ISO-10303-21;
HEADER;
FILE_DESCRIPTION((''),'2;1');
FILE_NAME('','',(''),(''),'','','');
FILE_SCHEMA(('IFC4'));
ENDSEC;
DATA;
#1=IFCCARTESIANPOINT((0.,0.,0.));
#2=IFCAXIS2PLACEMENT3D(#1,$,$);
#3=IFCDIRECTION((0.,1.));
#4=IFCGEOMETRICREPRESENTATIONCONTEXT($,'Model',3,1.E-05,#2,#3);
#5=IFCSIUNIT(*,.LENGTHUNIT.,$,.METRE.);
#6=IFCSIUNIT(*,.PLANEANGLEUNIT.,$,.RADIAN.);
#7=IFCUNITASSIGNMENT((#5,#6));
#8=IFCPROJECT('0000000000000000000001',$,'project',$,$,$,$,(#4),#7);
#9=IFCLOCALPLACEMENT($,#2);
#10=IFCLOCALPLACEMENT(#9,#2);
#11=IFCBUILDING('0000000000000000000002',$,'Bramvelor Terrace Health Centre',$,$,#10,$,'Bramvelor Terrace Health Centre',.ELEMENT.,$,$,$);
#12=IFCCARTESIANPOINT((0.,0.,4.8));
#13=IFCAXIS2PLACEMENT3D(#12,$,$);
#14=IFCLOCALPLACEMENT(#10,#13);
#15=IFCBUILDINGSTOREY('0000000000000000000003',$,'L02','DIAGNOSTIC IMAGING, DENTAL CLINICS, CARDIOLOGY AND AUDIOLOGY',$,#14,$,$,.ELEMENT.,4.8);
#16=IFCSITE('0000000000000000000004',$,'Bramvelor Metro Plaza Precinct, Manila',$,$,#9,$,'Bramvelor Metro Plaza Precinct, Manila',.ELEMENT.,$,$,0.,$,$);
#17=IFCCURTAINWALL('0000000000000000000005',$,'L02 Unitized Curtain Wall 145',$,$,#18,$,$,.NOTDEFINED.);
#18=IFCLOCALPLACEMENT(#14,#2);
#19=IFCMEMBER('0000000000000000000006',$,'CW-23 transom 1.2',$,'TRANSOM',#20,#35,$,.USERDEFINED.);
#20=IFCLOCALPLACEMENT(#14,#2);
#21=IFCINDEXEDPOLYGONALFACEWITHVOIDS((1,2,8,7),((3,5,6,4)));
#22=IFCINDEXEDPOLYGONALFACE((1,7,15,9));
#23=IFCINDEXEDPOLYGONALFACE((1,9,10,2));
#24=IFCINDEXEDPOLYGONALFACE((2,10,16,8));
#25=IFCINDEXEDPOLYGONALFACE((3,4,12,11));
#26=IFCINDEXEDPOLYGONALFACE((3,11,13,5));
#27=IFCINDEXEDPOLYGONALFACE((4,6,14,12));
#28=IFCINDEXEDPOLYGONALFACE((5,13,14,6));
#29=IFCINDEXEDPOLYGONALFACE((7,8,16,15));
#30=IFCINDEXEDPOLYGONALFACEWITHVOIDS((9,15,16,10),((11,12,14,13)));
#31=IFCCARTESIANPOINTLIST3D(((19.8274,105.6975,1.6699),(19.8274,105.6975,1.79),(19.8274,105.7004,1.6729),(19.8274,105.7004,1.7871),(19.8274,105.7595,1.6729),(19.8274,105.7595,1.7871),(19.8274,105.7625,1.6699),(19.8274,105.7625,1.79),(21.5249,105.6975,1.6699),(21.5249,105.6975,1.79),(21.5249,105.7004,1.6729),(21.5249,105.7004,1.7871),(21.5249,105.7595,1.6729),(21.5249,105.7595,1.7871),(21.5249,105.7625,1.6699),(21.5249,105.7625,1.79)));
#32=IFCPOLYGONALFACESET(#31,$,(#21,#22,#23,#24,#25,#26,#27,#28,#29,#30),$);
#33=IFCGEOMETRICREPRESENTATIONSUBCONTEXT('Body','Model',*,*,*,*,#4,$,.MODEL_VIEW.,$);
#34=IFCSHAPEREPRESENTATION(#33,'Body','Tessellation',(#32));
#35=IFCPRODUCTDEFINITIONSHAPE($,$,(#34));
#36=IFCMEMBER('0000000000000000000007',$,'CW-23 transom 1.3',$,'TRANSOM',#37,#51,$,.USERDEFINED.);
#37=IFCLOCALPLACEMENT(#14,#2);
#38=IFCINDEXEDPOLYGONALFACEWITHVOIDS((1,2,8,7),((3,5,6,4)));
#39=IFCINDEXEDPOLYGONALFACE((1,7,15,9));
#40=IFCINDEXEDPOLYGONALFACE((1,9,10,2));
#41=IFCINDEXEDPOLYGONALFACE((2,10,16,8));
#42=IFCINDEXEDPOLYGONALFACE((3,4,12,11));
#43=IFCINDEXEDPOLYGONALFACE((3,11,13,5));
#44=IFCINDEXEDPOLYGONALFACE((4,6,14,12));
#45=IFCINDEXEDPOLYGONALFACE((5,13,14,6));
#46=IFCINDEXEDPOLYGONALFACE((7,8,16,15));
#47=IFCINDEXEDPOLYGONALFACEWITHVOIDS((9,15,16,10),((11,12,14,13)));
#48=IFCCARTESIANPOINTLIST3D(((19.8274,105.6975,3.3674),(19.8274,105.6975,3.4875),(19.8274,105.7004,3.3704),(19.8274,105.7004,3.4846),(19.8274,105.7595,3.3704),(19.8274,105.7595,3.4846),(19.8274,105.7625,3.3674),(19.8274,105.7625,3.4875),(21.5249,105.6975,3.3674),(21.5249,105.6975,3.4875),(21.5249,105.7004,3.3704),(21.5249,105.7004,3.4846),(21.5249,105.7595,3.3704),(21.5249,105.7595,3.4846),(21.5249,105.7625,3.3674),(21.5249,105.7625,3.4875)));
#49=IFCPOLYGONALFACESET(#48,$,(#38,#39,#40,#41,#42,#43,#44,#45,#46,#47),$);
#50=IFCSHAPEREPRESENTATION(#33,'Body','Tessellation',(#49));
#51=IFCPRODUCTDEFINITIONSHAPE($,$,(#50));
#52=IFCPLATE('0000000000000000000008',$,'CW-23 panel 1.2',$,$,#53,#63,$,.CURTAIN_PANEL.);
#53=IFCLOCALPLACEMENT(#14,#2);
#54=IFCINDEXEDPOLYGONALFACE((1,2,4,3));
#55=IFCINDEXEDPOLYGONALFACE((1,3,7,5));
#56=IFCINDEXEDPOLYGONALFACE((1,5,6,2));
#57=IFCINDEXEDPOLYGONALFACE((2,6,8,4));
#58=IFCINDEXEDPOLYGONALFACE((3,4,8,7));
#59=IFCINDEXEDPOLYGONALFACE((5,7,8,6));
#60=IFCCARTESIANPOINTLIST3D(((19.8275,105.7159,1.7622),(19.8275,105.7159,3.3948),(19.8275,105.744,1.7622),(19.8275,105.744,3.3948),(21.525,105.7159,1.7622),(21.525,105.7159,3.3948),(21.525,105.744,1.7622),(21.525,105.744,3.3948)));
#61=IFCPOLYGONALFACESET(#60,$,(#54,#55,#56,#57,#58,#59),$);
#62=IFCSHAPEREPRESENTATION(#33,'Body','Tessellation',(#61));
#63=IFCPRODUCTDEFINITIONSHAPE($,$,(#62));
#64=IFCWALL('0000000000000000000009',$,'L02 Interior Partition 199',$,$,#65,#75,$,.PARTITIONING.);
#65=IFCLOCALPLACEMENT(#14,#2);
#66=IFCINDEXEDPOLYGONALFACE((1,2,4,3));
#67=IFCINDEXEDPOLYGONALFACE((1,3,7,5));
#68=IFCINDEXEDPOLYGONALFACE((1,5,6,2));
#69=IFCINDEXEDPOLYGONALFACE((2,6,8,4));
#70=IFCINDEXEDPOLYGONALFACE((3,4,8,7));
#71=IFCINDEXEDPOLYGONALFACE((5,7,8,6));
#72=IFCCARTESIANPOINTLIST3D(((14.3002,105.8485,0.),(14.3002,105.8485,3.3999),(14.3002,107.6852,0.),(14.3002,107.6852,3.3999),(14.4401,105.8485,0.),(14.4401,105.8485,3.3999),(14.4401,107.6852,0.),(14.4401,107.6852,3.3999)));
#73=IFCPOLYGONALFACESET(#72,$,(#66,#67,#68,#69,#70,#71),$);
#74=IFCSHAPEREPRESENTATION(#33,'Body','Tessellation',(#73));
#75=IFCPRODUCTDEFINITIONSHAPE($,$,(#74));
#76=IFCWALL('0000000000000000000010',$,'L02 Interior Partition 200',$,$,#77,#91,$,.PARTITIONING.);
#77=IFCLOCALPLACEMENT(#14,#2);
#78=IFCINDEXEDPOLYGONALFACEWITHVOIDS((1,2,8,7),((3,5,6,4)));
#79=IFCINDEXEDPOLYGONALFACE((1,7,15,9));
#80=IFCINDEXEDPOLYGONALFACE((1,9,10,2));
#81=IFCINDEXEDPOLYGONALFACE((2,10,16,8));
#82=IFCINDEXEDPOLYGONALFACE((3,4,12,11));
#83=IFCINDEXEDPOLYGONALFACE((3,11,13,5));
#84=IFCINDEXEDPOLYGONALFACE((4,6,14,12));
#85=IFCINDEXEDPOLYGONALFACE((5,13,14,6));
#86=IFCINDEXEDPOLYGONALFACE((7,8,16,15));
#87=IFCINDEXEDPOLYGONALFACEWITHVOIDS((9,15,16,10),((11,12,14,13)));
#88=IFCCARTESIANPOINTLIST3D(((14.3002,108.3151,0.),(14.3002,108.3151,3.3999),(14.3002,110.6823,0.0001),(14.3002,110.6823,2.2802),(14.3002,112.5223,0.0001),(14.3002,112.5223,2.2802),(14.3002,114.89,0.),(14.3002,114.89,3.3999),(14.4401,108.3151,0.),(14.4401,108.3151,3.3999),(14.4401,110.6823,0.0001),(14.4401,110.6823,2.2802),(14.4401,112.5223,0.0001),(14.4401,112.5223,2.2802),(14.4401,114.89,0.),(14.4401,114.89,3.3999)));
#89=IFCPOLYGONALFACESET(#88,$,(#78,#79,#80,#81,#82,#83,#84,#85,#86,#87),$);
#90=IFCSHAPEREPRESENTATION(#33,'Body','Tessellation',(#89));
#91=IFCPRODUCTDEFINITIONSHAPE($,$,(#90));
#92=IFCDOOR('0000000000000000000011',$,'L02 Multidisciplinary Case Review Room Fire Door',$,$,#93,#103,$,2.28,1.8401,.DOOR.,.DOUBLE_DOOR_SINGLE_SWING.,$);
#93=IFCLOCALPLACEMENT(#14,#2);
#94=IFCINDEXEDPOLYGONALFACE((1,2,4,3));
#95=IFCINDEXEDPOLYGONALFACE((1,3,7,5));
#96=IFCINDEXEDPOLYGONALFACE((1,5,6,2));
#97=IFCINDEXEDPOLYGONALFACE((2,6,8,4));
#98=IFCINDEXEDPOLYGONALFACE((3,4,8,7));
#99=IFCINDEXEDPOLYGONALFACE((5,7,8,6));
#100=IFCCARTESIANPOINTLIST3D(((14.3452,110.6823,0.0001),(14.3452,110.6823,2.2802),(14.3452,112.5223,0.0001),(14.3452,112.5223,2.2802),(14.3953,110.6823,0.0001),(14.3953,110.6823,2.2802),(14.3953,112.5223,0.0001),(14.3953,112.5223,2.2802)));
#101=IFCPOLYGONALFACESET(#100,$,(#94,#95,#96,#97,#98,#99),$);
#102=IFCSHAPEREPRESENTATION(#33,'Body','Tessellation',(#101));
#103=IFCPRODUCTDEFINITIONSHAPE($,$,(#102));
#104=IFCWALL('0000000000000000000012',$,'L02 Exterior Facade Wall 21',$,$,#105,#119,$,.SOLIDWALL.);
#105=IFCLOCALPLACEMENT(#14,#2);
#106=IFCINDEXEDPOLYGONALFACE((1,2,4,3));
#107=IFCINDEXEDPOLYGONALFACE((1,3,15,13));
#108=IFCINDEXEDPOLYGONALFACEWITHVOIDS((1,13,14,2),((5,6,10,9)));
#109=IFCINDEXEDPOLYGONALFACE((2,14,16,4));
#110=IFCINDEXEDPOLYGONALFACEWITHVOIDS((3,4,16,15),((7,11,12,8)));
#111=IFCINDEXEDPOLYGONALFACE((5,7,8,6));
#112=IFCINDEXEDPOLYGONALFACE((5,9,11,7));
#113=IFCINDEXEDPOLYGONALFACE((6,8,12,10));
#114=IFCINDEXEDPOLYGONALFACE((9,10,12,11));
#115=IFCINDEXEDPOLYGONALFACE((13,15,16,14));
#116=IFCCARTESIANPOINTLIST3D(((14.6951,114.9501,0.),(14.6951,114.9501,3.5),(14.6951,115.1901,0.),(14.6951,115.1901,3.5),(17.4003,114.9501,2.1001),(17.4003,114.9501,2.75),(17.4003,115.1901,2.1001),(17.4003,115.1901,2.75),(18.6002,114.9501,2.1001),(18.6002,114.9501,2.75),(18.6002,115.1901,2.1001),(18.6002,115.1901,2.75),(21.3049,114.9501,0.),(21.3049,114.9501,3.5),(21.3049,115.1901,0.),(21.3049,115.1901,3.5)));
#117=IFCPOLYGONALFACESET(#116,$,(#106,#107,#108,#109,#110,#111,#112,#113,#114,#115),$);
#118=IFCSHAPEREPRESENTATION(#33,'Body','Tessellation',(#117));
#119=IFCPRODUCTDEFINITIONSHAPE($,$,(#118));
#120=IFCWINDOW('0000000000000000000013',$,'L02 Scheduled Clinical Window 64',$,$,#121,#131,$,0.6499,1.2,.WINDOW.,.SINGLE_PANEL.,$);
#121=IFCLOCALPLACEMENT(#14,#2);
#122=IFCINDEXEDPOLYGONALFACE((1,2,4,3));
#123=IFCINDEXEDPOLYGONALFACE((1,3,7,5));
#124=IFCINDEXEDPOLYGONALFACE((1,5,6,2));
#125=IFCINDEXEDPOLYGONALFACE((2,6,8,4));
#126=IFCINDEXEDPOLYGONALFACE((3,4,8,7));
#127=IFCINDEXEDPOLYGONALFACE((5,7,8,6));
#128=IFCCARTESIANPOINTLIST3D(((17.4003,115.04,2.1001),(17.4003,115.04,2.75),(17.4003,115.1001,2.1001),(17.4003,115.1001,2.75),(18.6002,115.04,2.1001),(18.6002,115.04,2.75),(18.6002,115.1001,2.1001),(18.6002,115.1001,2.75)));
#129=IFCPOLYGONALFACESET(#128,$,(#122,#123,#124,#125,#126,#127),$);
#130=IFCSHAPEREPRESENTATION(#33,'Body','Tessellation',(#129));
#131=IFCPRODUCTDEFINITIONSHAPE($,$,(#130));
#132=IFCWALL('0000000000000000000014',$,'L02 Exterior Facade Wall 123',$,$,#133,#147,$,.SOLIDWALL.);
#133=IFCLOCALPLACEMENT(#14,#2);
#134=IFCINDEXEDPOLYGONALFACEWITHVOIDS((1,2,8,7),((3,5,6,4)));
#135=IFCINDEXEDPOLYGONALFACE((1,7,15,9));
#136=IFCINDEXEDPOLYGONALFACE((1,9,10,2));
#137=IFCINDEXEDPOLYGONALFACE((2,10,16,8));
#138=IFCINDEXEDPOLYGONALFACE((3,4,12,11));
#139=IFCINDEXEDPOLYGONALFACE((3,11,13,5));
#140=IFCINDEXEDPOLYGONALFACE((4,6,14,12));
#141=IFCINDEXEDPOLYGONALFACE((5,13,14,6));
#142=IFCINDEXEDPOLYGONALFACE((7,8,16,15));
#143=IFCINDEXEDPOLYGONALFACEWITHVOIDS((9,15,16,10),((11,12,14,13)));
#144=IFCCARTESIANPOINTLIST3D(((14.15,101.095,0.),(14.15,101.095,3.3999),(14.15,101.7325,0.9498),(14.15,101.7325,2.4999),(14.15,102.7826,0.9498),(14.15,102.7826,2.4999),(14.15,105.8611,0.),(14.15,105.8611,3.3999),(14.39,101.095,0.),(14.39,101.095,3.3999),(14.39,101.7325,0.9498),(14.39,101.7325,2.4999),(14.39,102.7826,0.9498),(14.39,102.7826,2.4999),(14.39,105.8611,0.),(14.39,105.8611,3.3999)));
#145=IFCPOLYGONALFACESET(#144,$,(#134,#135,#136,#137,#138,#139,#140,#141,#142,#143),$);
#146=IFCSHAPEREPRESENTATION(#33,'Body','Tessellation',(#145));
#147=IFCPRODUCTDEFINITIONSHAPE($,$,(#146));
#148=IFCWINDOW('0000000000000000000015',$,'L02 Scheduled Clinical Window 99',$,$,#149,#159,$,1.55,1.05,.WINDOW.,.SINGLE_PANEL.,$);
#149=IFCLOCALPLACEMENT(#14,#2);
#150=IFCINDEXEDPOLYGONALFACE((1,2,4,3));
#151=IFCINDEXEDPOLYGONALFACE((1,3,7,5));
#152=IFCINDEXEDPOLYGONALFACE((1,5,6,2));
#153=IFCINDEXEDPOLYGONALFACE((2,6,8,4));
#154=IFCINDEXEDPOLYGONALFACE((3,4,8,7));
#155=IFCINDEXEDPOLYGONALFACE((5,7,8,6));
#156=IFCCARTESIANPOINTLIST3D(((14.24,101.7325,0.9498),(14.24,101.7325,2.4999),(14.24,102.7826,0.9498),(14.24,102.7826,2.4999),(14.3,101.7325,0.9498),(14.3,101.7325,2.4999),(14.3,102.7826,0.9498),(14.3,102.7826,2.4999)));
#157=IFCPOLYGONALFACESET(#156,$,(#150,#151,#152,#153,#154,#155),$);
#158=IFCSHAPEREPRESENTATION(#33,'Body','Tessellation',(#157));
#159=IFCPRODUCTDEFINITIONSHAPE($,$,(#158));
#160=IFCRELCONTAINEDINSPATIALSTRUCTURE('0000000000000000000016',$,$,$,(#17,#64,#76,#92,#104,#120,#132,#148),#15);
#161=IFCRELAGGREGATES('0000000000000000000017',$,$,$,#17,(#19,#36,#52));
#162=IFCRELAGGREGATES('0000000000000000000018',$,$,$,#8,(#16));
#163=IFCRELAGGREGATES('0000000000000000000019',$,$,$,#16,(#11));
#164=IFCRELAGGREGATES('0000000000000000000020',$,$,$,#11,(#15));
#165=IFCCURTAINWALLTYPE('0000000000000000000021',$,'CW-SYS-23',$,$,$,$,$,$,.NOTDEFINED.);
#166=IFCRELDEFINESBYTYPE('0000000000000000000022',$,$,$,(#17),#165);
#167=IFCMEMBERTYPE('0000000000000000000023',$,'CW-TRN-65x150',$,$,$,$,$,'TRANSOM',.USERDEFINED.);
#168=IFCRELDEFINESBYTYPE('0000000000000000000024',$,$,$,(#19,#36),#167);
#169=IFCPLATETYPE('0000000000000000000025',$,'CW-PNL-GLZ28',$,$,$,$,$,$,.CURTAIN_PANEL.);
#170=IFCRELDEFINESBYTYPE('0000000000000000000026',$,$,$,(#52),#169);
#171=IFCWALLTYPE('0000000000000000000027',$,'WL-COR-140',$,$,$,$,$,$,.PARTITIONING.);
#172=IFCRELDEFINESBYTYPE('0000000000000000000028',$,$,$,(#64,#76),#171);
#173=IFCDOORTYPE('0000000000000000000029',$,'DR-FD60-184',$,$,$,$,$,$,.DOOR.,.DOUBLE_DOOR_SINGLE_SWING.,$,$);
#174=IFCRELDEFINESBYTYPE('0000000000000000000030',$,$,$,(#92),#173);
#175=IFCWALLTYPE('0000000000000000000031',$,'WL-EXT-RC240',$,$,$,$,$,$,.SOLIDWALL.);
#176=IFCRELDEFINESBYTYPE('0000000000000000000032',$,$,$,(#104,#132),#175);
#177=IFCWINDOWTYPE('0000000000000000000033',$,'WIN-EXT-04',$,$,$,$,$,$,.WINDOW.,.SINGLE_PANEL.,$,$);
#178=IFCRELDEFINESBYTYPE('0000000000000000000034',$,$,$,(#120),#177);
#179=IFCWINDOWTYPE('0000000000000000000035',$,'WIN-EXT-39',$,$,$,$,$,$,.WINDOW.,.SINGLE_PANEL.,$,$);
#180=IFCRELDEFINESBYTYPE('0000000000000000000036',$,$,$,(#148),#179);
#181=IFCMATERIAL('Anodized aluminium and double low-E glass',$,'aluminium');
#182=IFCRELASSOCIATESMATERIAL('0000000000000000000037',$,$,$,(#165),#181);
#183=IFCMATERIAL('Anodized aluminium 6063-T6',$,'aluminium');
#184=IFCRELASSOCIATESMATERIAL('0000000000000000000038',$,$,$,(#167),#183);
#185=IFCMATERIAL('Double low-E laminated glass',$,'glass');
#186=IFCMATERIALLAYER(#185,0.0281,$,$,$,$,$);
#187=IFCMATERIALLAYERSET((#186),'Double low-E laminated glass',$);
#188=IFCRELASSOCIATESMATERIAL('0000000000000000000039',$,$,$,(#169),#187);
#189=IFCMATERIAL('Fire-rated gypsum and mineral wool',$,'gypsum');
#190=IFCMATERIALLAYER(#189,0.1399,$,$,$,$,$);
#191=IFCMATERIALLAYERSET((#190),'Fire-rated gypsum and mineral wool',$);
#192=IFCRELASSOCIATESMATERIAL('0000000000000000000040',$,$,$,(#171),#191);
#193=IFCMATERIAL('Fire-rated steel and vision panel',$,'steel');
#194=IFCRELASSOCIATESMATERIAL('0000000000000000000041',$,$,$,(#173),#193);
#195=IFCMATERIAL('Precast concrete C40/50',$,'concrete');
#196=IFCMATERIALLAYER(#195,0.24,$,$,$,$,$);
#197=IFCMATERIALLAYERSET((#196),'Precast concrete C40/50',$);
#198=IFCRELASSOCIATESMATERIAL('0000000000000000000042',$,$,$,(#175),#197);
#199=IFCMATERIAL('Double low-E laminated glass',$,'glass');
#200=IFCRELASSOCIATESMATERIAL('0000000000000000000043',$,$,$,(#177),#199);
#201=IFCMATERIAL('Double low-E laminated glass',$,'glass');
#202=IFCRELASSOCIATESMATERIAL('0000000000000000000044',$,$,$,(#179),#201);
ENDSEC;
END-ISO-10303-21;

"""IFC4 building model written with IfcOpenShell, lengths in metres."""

from ifc_helpers import new_model, si_unit, direction, frame, frame_2d, origin, origin_2d, place, context, subcontext, project, spatial, rectangle, hollow_rectangle, extrude, material, layer, layer_set, material_profile, profile_set, type_object, element, fill, aggregate, save


model = new_model("IFC4")

# Units and contexts
model_context = context("Model", 3, precision=1e-05, world=origin(), true_north=direction((0.0, 1.0)))
body_context = subcontext(model_context, "Body", "Model", "MODEL_VIEW")
ifc_project = project(units=[si_unit("LENGTHUNIT", "METRE"), si_unit("PLANEANGLEUNIT", "RADIAN")], contexts=[model_context])

# Site, building, storey
site_placement = place(None, origin())
site = spatial("IfcSite", under=ifc_project, at=site_placement, Name="Bramvelor Metro Plaza Precinct, Manila", LongName="Bramvelor Metro Plaza Precinct, Manila", CompositionType="ELEMENT", RefElevation=0.0)
building_placement = place(site_placement, origin())
building = spatial("IfcBuilding", under=site, at=building_placement, Name="Bramvelor Terrace Health Centre", LongName="Bramvelor Terrace Health Centre", CompositionType="ELEMENT")
storey_placement = place(building_placement, frame((0.0, 0.0, 4.8)))
storey = spatial("IfcBuildingStorey", under=building, at=storey_placement, Name="L02", Description="DIAGNOSTIC IMAGING, DENTAL CLINICS, CARDIOLOGY AND AUDIOLOGY", CompositionType="ELEMENT", Elevation=4.8)

# Curtain wall, members, plate
ifc_material_1 = material(Name="Anodized aluminium and double low-E glass", Category="aluminium")
curtain_wall_type = type_object("IfcCurtainWallType", Name="CW-SYS-23", PredefinedType="NOTDEFINED", material=ifc_material_1)
curtain_wall_placement = place(storey_placement, origin())
curtain_wall = element("IfcCurtainWall", 1, at=curtain_wall_placement, inside=storey, type_object=curtain_wall_type, Name="L02 Unitized Curtain Wall 145", PredefinedType="NOTDEFINED")
ifc_material_2 = material(Name="Anodized aluminium 6063-T6", Category="aluminium")
ifc_material_profile_1 = material_profile(ifc_material_2, hollow_rectangle(XDim=0.0649, YDim=0.1201, WallThickness=0.0029, at=origin_2d()), Name="ALU-TRN 65x120x3.0")
ifc_profile_set_1 = profile_set([ifc_material_profile_1], Name="Anodized aluminium 6063-T6")
member_type_1 = type_object("IfcMemberType", Name="CW-TRN-65x150", ElementType="TRANSOM", PredefinedType="USERDEFINED", material=ifc_profile_set_1)
member_1_placement = place(storey_placement, frame((21.5249, 105.73, 1.73), z_axis=(-1.0, 0.0, 0.0), x_axis=(0.0, -1.0, 0.0)))
member_1 = element("IfcMember", 2, at=member_1_placement, type_object=member_type_1, Name="CW-23 transom 1.2", ObjectType="TRANSOM", PredefinedType="USERDEFINED", context=body_context, shape_type="SweptSolid", body=[
    extrude(hollow_rectangle(XDim=0.0649, YDim=0.1201, WallThickness=0.0029, at=origin_2d()), origin(), (0.0, 0.0, 1.0), 1.6975),
])
member_2_placement = place(storey_placement, frame((21.5249, 105.73, 3.4275), z_axis=(-1.0, 0.0, 0.0), x_axis=(0.0, -1.0, 0.0)))
member_2 = element("IfcMember", 3, at=member_2_placement, type_object=member_type_1, Name="CW-23 transom 1.3", ObjectType="TRANSOM", PredefinedType="USERDEFINED", context=body_context, shape_type="SweptSolid", body=[
    extrude(hollow_rectangle(XDim=0.0649, YDim=0.1201, WallThickness=0.0029, at=origin_2d()), origin(), (0.0, 0.0, 1.0), 1.6975),
])
ifc_material_3 = material(Name="Double low-E laminated glass", Category="glass")
ifc_layer_1 = layer(ifc_material_3, 0.0281)
ifc_layer_set_1 = layer_set([ifc_layer_1], Name="Double low-E laminated glass")
plate_type = type_object("IfcPlateType", Name="CW-PNL-GLZ28", PredefinedType="CURTAIN_PANEL", material=ifc_layer_set_1)
plate_placement = place(storey_placement, frame((20.6763, 105.73, 1.7622), z_axis=(0.0, 0.0, 1.0), x_axis=(-1.0, 0.0, 0.0)))
plate = element("IfcPlate", 4, at=plate_placement, type_object=plate_type, Name="CW-23 panel 1.2", PredefinedType="CURTAIN_PANEL", context=body_context, shape_type="SweptSolid", body=[
    extrude(rectangle(XDim=1.6975, YDim=0.0281, at=origin_2d()), origin(), (0.0, 0.0, 1.0), 1.6326),
])
aggregate(curtain_wall, [member_1, member_2, plate])

# Wall
ifc_material_4 = material(Name="Fire-rated gypsum and mineral wool", Category="gypsum")
ifc_layer_2 = layer(ifc_material_4, 0.1399)
ifc_layer_set_2 = layer_set([ifc_layer_2], Name="Fire-rated gypsum and mineral wool")
wall_type_1 = type_object("IfcWallType", Name="WL-COR-140", PredefinedType="PARTITIONING", material=ifc_layer_set_2)
wall_1_placement = place(storey_placement, frame((14.3701, 105.8484, 0.0), z_axis=(0.0, 0.0, 1.0), x_axis=(0.0, 1.0, 0.0)))
element("IfcWall", 5, at=wall_1_placement, inside=storey, type_object=wall_type_1, Name="L02 Interior Partition 199", PredefinedType="PARTITIONING", context=body_context, shape_type="SweptSolid", body=[
    extrude(rectangle(XDim=1.8367, YDim=0.1399, at=frame_2d((0.9185, 0.0))), origin(), (0.0, 0.0, 1.0), 3.3999),
])

# Wall, opening, door
wall_2_placement = place(storey_placement, frame((14.3701, 108.3149, 0.0), z_axis=(0.0, 0.0, 1.0), x_axis=(0.0, 1.0, 0.0)))
wall_2 = element("IfcWall", 6, at=wall_2_placement, inside=storey, type_object=wall_type_1, Name="L02 Interior Partition 200", PredefinedType="PARTITIONING", context=body_context, shape_type="SweptSolid", body=[
    extrude(rectangle(XDim=6.575, YDim=0.1399, at=frame_2d((3.2876, 0.0))), origin(), (0.0, 0.0, 1.0), 3.3999),
])
opening_1_placement = place(wall_2_placement, frame((2.3674, 0.0, 0.0)))
opening_1 = element("IfcOpeningElement", 7, at=opening_1_placement, cuts=wall_2, PredefinedType="OPENING", context=body_context, shape_type="SweptSolid", body=[
    extrude(rectangle(XDim=1.8401, YDim=2.28, at=frame_2d((0.9199, 1.1401))), frame((0.0, 0.0798, 0.0), z_axis=(0.0, -1.0, 0.0), x_axis=(1.0, 0.0, 0.0)), (0.0, 0.0, 1.0), 0.1599),
])
ifc_material_5 = material(Name="Fire-rated steel and vision panel", Category="steel")
door_type = type_object("IfcDoorType", Name="DR-FD60-184", OperationType="DOUBLE_DOOR_SINGLE_SWING", PredefinedType="DOOR", material=ifc_material_5)
door_placement = place(opening_1_placement, origin())
door = element("IfcDoor", 8, at=door_placement, inside=storey, type_object=door_type, Name="L02 Multidisciplinary Case Review Room Fire Door", OperationType="DOUBLE_DOOR_SINGLE_SWING", OverallHeight=2.28, OverallWidth=1.8401, PredefinedType="DOOR", context=body_context, shape_type="SweptSolid", body=[
    extrude(rectangle(XDim=1.8401, YDim=2.28, at=frame_2d((0.9199, 1.1401))), frame((0.0, 0.0249, 0.0), z_axis=(0.0, -1.0, 0.0), x_axis=(1.0, 0.0, 0.0)), (0.0, 0.0, 1.0), 0.05),
])
fill(opening_1, door)

# Walls, openings, windows
ifc_material_6 = material(Name="Precast concrete C40/50", Category="concrete")
ifc_layer_3 = layer(ifc_material_6, 0.24)
ifc_layer_set_3 = layer_set([ifc_layer_3], Name="Precast concrete C40/50")
wall_type_2 = type_object("IfcWallType", Name="WL-EXT-RC240", PredefinedType="SOLIDWALL", material=ifc_layer_set_3)
wall_3_placement = place(storey_placement, frame((14.6951, 115.0701, 0.0), z_axis=(0.0, 0.0, 1.0), x_axis=(1.0, 0.0, 0.0)))
wall_3 = element("IfcWall", 9, at=wall_3_placement, inside=storey, type_object=wall_type_2, Name="L02 Exterior Facade Wall 21", PredefinedType="SOLIDWALL", context=body_context, shape_type="SweptSolid", body=[
    extrude(rectangle(XDim=6.6099, YDim=0.24, at=frame_2d((3.3049, 0.0))), origin(), (0.0, 0.0, 1.0), 3.5),
])
opening_2_placement = place(wall_3_placement, frame((2.7051, 0.0, 2.1001)))
opening_2 = element("IfcOpeningElement", 10, at=opening_2_placement, cuts=wall_3, PredefinedType="OPENING", context=body_context, shape_type="SweptSolid", body=[
    extrude(rectangle(XDim=1.2, YDim=0.6499, at=frame_2d((0.6001, 0.325))), frame((0.0, 0.1299, 0.0), z_axis=(0.0, -1.0, 0.0), x_axis=(1.0, 0.0, 0.0)), (0.0, 0.0, 1.0), 0.26),
])
ifc_material_7 = material(Name="Double low-E laminated glass", Category="glass")
window_type_1 = type_object("IfcWindowType", Name="WIN-EXT-04", PartitioningType="SINGLE_PANEL", PredefinedType="WINDOW", material=ifc_material_7)
window_1_placement = place(opening_2_placement, origin())
window_1 = element("IfcWindow", 11, at=window_1_placement, inside=storey, type_object=window_type_1, Name="L02 Scheduled Clinical Window 64", OverallHeight=0.6499, OverallWidth=1.2, PartitioningType="SINGLE_PANEL", PredefinedType="WINDOW", context=body_context, shape_type="SweptSolid", body=[
    extrude(rectangle(XDim=1.2, YDim=0.6499, at=frame_2d((0.6001, 0.325))), frame((0.0, 0.03, 0.0), z_axis=(0.0, -1.0, 0.0), x_axis=(1.0, 0.0, 0.0)), (0.0, 0.0, 1.0), 0.0601),
])
fill(opening_2, window_1)
wall_4_placement = place(storey_placement, frame((14.27, 105.8611, 0.0), z_axis=(0.0, 0.0, 1.0), x_axis=(0.0, -1.0, 0.0)))
wall_4 = element("IfcWall", 12, at=wall_4_placement, inside=storey, type_object=wall_type_2, Name="L02 Exterior Facade Wall 123", PredefinedType="SOLIDWALL", context=body_context, shape_type="SweptSolid", body=[
    extrude(rectangle(XDim=4.7661, YDim=0.24, at=frame_2d((2.3831, 0.0))), origin(), (0.0, 0.0, 1.0), 3.3999),
])
opening_3_placement = place(wall_4_placement, frame((3.0786, 0.0, 0.95)))
opening_3 = element("IfcOpeningElement", 13, at=opening_3_placement, cuts=wall_4, PredefinedType="OPENING", context=body_context, shape_type="SweptSolid", body=[
    extrude(rectangle(XDim=1.05, YDim=1.55, at=frame_2d((0.5249, 0.7749))), frame((0.0, 0.1299, 0.0), z_axis=(0.0, -1.0, 0.0), x_axis=(1.0, 0.0, 0.0)), (0.0, 0.0, 1.0), 0.26),
])
ifc_material_8 = material(Name="Double low-E laminated glass", Category="glass")
window_type_2 = type_object("IfcWindowType", Name="WIN-EXT-39", PartitioningType="SINGLE_PANEL", PredefinedType="WINDOW", material=ifc_material_8)
window_2_placement = place(opening_3_placement, origin())
window_2 = element("IfcWindow", 14, at=window_2_placement, inside=storey, type_object=window_type_2, Name="L02 Scheduled Clinical Window 99", OverallHeight=1.55, OverallWidth=1.05, PartitioningType="SINGLE_PANEL", PredefinedType="WINDOW", context=body_context, shape_type="SweptSolid", body=[
    extrude(rectangle(XDim=1.05, YDim=1.55, at=frame_2d((0.5249, 0.7749))), frame((0.0, 0.03, 0.0), z_axis=(0.0, -1.0, 0.0), x_axis=(1.0, 0.0, 0.0)), (0.0, 0.0, 1.0), 0.0601),
])
fill(opening_3, window_2)

save(model, "model.ifc")
